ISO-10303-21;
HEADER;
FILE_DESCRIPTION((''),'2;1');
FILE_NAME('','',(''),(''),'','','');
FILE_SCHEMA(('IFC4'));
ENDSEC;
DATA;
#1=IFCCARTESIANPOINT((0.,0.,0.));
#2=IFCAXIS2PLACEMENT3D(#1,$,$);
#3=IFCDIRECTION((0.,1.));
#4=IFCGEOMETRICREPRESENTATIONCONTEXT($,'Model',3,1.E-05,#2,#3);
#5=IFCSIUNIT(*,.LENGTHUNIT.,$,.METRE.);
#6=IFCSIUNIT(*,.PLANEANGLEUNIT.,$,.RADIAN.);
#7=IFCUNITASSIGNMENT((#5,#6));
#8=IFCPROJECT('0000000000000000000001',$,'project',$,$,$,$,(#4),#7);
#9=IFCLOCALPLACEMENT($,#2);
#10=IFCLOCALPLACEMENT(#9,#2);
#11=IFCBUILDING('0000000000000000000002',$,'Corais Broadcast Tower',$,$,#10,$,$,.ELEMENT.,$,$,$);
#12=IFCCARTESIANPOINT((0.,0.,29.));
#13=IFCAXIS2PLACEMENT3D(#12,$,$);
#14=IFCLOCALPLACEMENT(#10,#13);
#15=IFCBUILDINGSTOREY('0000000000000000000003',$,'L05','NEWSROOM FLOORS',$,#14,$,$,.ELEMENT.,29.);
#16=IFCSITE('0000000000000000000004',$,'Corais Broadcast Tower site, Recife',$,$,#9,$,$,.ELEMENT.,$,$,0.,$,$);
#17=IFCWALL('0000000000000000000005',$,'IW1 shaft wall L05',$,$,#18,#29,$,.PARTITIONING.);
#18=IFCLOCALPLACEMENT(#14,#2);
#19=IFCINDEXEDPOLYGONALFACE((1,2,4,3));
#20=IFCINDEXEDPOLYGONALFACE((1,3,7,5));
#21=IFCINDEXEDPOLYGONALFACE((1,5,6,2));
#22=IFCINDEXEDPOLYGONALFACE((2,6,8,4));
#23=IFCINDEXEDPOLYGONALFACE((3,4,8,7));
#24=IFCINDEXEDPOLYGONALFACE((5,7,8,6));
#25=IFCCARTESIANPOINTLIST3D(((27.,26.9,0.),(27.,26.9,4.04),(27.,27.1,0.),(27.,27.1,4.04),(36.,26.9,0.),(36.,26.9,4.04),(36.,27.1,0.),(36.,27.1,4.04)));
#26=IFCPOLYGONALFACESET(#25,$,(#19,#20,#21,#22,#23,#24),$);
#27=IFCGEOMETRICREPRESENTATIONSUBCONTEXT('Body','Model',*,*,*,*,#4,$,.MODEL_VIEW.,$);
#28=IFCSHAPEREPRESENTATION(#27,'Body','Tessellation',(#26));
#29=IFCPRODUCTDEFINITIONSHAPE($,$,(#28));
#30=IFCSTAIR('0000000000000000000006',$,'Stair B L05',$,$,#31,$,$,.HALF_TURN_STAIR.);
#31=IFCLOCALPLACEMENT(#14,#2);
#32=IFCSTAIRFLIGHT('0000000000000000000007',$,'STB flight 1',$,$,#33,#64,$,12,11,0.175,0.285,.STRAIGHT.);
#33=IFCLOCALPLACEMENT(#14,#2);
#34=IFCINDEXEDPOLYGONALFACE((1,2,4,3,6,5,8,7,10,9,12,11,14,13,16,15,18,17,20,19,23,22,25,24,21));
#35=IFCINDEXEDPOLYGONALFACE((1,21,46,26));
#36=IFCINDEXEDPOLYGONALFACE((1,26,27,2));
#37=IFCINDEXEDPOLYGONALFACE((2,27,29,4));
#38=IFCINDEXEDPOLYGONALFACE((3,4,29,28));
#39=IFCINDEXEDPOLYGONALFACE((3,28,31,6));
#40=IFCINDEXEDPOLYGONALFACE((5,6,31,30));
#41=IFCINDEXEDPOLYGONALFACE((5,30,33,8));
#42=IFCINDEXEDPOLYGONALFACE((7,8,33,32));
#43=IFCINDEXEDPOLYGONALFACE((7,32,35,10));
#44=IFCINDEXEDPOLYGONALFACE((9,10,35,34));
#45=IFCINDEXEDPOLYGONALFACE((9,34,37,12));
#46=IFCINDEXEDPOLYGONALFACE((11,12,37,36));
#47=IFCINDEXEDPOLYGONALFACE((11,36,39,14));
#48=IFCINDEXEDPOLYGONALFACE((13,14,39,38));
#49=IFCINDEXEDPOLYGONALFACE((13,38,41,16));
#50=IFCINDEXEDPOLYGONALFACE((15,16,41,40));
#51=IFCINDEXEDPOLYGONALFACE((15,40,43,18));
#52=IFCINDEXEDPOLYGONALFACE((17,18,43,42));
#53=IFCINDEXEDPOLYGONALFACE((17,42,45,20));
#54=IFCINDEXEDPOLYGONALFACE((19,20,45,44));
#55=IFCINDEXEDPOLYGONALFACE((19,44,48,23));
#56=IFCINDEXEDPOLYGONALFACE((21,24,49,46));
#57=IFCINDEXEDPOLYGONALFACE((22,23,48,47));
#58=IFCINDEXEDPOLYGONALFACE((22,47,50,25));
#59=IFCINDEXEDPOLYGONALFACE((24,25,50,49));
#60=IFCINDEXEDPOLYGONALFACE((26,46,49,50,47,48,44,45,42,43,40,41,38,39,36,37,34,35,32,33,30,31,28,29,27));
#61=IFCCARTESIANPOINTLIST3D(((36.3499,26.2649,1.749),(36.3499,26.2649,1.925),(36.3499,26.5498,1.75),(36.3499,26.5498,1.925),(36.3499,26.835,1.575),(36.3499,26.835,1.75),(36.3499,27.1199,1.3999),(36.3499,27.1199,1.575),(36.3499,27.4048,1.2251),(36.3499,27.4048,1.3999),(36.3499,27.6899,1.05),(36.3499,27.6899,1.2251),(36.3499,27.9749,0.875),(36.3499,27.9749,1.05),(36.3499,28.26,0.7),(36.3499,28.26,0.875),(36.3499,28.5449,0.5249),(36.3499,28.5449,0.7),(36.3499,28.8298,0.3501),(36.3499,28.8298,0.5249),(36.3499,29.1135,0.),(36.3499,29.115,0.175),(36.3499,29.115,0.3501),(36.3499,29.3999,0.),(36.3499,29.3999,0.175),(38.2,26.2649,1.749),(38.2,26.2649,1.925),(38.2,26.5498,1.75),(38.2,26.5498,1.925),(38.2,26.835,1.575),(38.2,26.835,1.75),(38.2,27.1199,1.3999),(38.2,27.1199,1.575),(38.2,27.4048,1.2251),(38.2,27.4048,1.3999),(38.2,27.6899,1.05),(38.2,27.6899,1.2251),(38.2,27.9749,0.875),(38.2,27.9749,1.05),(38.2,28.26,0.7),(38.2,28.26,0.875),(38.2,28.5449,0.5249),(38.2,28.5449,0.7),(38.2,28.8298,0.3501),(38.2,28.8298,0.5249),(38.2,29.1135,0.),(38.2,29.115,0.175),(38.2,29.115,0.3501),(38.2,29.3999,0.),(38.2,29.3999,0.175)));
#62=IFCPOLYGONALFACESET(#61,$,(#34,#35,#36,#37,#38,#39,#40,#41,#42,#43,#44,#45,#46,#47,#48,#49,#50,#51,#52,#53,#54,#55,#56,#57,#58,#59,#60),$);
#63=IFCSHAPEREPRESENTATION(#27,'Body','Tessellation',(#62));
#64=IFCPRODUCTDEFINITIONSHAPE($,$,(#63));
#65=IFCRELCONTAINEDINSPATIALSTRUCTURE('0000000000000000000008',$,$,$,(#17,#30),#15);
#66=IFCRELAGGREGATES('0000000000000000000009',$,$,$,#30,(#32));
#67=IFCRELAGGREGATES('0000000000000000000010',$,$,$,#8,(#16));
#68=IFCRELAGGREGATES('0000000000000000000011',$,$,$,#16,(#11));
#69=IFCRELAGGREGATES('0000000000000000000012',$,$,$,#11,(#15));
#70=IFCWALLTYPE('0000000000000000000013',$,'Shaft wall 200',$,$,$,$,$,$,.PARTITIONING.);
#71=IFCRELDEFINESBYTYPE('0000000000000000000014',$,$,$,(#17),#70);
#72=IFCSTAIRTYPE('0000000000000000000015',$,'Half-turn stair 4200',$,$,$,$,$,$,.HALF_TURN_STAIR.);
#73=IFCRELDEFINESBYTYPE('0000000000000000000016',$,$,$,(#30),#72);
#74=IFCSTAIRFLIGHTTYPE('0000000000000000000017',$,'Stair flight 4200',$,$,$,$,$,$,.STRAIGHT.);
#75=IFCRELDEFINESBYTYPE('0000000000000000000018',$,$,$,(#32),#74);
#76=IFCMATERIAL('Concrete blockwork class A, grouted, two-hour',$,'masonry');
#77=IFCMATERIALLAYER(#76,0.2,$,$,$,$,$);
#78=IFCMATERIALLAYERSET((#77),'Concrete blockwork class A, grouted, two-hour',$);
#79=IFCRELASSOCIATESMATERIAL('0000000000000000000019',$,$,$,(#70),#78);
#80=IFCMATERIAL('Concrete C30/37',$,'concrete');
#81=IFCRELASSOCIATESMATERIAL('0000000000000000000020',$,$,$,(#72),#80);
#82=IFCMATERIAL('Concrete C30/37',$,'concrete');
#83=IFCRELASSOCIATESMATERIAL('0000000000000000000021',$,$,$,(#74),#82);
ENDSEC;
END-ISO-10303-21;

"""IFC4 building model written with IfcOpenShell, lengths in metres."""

from ifc_helpers import new_model, si_unit, direction, frame, frame_2d, origin, place, context, subcontext, project, spatial, polyline, rectangle, outline, extrude, material, layer, layer_set, type_object, element, aggregate, save


model = new_model("IFC4")

# Units and contexts
model_context = context("Model", 3, precision=1e-05, world=origin(), true_north=direction((0.0, 1.0)))
body_context = subcontext(model_context, "Body", "Model", "MODEL_VIEW")
ifc_project = project(units=[si_unit("LENGTHUNIT", "METRE"), si_unit("PLANEANGLEUNIT", "RADIAN")], contexts=[model_context])

# Site, building, storey
site_placement = place(None, origin())
site = spatial("IfcSite", under=ifc_project, at=site_placement, Name="Corais Broadcast Tower site, Recife", CompositionType="ELEMENT", RefElevation=0.0)
building_placement = place(site_placement, origin())
building = spatial("IfcBuilding", under=site, at=building_placement, Name="Corais Broadcast Tower", CompositionType="ELEMENT")
storey_placement = place(building_placement, frame((0.0, 0.0, 29.0)))
storey = spatial("IfcBuildingStorey", under=building, at=storey_placement, Name="L05", Description="NEWSROOM FLOORS", CompositionType="ELEMENT", Elevation=29.0)

# Wall
ifc_material_1 = material(Name="Concrete blockwork class A, grouted, two-hour", Category="masonry")
ifc_layer_1 = layer(ifc_material_1, 0.2)
ifc_layer_set_1 = layer_set([ifc_layer_1], Name="Concrete blockwork class A, grouted, two-hour")
wall_type_1 = type_object("IfcWallType", Name="Shaft wall 200", PredefinedType="PARTITIONING", material=ifc_layer_set_1)
wall_1_placement = place(storey_placement, frame((27.0, 27.0, 0.0), z_axis=(0.0, 0.0, 1.0), x_axis=(1.0, 0.0, 0.0)))
element("IfcWall", 1, at=wall_1_placement, inside=storey, type_object=wall_type_1, Name="IW1 shaft wall L05", PredefinedType="PARTITIONING", context=body_context, shape_type="SweptSolid", body=[
    extrude(rectangle(XDim=9.0, YDim=0.2, at=frame_2d((4.5, 0.0))), origin(), (0.0, 0.0, 1.0), 4.04),
])

# Stair, stair flight
ifc_material_2 = material(Name="Concrete C30/37", Category="concrete")
stair_type = type_object("IfcStairType", Name="Half-turn stair 4200", PredefinedType="HALF_TURN_STAIR", material=ifc_material_2)
stair_placement = place(storey_placement, origin())
stair = element("IfcStair", 2, at=stair_placement, inside=storey, type_object=stair_type, Name="Stair B L05", PredefinedType="HALF_TURN_STAIR")
ifc_material_3 = material(Name="Concrete C30/37", Category="concrete")
stair_flight_type = type_object("IfcStairFlightType", Name="Stair flight 4200", PredefinedType="STRAIGHT", material=ifc_material_3)
stair_flight_placement = place(storey_placement, frame((37.2749, 29.3999, 0.0), z_axis=(0.0, 0.0, 1.0), x_axis=(0.0, -1.0, 0.0)))
stair_flight = element("IfcStairFlight", 3, at=stair_flight_placement, type_object=stair_flight_type, Name="STB flight 1", NumberOfRisers=12, NumberOfTreads=11, PredefinedType="STRAIGHT", RiserHeight=0.175, TreadLength=0.285, context=body_context, shape_type="SweptSolid", body=[
    extrude(outline(polyline([(0.0, 0.0), (0.0, 0.175), (0.2849, 0.175), (0.2849, 0.3501), (0.5701, 0.3501), (0.5701, 0.5249), (0.855, 0.5249), (0.855, 0.7), (1.1399, 0.7), (1.1399, 0.875), (1.425, 0.875), (1.425, 1.05), (1.71, 1.05), (1.71, 1.2251), (1.9951, 1.2251), (1.9951, 1.3999), (2.28, 1.3999), (2.28, 1.575), (2.5649, 1.575), (2.5649, 1.75), (2.8501, 1.75), (2.8501, 1.925), (3.135, 1.925), (3.135, 2.1001), (3.135, 1.749), (0.2864, 0.0), (0.0, 0.0)])), frame((0.0, 0.925, 0.0), z_axis=(0.0, -1.0, 0.0), x_axis=(1.0, 0.0, 0.0)), (0.0, 0.0, 1.0), 1.8501),
])
aggregate(stair, [stair_flight])

save(model, "model.ifc")
